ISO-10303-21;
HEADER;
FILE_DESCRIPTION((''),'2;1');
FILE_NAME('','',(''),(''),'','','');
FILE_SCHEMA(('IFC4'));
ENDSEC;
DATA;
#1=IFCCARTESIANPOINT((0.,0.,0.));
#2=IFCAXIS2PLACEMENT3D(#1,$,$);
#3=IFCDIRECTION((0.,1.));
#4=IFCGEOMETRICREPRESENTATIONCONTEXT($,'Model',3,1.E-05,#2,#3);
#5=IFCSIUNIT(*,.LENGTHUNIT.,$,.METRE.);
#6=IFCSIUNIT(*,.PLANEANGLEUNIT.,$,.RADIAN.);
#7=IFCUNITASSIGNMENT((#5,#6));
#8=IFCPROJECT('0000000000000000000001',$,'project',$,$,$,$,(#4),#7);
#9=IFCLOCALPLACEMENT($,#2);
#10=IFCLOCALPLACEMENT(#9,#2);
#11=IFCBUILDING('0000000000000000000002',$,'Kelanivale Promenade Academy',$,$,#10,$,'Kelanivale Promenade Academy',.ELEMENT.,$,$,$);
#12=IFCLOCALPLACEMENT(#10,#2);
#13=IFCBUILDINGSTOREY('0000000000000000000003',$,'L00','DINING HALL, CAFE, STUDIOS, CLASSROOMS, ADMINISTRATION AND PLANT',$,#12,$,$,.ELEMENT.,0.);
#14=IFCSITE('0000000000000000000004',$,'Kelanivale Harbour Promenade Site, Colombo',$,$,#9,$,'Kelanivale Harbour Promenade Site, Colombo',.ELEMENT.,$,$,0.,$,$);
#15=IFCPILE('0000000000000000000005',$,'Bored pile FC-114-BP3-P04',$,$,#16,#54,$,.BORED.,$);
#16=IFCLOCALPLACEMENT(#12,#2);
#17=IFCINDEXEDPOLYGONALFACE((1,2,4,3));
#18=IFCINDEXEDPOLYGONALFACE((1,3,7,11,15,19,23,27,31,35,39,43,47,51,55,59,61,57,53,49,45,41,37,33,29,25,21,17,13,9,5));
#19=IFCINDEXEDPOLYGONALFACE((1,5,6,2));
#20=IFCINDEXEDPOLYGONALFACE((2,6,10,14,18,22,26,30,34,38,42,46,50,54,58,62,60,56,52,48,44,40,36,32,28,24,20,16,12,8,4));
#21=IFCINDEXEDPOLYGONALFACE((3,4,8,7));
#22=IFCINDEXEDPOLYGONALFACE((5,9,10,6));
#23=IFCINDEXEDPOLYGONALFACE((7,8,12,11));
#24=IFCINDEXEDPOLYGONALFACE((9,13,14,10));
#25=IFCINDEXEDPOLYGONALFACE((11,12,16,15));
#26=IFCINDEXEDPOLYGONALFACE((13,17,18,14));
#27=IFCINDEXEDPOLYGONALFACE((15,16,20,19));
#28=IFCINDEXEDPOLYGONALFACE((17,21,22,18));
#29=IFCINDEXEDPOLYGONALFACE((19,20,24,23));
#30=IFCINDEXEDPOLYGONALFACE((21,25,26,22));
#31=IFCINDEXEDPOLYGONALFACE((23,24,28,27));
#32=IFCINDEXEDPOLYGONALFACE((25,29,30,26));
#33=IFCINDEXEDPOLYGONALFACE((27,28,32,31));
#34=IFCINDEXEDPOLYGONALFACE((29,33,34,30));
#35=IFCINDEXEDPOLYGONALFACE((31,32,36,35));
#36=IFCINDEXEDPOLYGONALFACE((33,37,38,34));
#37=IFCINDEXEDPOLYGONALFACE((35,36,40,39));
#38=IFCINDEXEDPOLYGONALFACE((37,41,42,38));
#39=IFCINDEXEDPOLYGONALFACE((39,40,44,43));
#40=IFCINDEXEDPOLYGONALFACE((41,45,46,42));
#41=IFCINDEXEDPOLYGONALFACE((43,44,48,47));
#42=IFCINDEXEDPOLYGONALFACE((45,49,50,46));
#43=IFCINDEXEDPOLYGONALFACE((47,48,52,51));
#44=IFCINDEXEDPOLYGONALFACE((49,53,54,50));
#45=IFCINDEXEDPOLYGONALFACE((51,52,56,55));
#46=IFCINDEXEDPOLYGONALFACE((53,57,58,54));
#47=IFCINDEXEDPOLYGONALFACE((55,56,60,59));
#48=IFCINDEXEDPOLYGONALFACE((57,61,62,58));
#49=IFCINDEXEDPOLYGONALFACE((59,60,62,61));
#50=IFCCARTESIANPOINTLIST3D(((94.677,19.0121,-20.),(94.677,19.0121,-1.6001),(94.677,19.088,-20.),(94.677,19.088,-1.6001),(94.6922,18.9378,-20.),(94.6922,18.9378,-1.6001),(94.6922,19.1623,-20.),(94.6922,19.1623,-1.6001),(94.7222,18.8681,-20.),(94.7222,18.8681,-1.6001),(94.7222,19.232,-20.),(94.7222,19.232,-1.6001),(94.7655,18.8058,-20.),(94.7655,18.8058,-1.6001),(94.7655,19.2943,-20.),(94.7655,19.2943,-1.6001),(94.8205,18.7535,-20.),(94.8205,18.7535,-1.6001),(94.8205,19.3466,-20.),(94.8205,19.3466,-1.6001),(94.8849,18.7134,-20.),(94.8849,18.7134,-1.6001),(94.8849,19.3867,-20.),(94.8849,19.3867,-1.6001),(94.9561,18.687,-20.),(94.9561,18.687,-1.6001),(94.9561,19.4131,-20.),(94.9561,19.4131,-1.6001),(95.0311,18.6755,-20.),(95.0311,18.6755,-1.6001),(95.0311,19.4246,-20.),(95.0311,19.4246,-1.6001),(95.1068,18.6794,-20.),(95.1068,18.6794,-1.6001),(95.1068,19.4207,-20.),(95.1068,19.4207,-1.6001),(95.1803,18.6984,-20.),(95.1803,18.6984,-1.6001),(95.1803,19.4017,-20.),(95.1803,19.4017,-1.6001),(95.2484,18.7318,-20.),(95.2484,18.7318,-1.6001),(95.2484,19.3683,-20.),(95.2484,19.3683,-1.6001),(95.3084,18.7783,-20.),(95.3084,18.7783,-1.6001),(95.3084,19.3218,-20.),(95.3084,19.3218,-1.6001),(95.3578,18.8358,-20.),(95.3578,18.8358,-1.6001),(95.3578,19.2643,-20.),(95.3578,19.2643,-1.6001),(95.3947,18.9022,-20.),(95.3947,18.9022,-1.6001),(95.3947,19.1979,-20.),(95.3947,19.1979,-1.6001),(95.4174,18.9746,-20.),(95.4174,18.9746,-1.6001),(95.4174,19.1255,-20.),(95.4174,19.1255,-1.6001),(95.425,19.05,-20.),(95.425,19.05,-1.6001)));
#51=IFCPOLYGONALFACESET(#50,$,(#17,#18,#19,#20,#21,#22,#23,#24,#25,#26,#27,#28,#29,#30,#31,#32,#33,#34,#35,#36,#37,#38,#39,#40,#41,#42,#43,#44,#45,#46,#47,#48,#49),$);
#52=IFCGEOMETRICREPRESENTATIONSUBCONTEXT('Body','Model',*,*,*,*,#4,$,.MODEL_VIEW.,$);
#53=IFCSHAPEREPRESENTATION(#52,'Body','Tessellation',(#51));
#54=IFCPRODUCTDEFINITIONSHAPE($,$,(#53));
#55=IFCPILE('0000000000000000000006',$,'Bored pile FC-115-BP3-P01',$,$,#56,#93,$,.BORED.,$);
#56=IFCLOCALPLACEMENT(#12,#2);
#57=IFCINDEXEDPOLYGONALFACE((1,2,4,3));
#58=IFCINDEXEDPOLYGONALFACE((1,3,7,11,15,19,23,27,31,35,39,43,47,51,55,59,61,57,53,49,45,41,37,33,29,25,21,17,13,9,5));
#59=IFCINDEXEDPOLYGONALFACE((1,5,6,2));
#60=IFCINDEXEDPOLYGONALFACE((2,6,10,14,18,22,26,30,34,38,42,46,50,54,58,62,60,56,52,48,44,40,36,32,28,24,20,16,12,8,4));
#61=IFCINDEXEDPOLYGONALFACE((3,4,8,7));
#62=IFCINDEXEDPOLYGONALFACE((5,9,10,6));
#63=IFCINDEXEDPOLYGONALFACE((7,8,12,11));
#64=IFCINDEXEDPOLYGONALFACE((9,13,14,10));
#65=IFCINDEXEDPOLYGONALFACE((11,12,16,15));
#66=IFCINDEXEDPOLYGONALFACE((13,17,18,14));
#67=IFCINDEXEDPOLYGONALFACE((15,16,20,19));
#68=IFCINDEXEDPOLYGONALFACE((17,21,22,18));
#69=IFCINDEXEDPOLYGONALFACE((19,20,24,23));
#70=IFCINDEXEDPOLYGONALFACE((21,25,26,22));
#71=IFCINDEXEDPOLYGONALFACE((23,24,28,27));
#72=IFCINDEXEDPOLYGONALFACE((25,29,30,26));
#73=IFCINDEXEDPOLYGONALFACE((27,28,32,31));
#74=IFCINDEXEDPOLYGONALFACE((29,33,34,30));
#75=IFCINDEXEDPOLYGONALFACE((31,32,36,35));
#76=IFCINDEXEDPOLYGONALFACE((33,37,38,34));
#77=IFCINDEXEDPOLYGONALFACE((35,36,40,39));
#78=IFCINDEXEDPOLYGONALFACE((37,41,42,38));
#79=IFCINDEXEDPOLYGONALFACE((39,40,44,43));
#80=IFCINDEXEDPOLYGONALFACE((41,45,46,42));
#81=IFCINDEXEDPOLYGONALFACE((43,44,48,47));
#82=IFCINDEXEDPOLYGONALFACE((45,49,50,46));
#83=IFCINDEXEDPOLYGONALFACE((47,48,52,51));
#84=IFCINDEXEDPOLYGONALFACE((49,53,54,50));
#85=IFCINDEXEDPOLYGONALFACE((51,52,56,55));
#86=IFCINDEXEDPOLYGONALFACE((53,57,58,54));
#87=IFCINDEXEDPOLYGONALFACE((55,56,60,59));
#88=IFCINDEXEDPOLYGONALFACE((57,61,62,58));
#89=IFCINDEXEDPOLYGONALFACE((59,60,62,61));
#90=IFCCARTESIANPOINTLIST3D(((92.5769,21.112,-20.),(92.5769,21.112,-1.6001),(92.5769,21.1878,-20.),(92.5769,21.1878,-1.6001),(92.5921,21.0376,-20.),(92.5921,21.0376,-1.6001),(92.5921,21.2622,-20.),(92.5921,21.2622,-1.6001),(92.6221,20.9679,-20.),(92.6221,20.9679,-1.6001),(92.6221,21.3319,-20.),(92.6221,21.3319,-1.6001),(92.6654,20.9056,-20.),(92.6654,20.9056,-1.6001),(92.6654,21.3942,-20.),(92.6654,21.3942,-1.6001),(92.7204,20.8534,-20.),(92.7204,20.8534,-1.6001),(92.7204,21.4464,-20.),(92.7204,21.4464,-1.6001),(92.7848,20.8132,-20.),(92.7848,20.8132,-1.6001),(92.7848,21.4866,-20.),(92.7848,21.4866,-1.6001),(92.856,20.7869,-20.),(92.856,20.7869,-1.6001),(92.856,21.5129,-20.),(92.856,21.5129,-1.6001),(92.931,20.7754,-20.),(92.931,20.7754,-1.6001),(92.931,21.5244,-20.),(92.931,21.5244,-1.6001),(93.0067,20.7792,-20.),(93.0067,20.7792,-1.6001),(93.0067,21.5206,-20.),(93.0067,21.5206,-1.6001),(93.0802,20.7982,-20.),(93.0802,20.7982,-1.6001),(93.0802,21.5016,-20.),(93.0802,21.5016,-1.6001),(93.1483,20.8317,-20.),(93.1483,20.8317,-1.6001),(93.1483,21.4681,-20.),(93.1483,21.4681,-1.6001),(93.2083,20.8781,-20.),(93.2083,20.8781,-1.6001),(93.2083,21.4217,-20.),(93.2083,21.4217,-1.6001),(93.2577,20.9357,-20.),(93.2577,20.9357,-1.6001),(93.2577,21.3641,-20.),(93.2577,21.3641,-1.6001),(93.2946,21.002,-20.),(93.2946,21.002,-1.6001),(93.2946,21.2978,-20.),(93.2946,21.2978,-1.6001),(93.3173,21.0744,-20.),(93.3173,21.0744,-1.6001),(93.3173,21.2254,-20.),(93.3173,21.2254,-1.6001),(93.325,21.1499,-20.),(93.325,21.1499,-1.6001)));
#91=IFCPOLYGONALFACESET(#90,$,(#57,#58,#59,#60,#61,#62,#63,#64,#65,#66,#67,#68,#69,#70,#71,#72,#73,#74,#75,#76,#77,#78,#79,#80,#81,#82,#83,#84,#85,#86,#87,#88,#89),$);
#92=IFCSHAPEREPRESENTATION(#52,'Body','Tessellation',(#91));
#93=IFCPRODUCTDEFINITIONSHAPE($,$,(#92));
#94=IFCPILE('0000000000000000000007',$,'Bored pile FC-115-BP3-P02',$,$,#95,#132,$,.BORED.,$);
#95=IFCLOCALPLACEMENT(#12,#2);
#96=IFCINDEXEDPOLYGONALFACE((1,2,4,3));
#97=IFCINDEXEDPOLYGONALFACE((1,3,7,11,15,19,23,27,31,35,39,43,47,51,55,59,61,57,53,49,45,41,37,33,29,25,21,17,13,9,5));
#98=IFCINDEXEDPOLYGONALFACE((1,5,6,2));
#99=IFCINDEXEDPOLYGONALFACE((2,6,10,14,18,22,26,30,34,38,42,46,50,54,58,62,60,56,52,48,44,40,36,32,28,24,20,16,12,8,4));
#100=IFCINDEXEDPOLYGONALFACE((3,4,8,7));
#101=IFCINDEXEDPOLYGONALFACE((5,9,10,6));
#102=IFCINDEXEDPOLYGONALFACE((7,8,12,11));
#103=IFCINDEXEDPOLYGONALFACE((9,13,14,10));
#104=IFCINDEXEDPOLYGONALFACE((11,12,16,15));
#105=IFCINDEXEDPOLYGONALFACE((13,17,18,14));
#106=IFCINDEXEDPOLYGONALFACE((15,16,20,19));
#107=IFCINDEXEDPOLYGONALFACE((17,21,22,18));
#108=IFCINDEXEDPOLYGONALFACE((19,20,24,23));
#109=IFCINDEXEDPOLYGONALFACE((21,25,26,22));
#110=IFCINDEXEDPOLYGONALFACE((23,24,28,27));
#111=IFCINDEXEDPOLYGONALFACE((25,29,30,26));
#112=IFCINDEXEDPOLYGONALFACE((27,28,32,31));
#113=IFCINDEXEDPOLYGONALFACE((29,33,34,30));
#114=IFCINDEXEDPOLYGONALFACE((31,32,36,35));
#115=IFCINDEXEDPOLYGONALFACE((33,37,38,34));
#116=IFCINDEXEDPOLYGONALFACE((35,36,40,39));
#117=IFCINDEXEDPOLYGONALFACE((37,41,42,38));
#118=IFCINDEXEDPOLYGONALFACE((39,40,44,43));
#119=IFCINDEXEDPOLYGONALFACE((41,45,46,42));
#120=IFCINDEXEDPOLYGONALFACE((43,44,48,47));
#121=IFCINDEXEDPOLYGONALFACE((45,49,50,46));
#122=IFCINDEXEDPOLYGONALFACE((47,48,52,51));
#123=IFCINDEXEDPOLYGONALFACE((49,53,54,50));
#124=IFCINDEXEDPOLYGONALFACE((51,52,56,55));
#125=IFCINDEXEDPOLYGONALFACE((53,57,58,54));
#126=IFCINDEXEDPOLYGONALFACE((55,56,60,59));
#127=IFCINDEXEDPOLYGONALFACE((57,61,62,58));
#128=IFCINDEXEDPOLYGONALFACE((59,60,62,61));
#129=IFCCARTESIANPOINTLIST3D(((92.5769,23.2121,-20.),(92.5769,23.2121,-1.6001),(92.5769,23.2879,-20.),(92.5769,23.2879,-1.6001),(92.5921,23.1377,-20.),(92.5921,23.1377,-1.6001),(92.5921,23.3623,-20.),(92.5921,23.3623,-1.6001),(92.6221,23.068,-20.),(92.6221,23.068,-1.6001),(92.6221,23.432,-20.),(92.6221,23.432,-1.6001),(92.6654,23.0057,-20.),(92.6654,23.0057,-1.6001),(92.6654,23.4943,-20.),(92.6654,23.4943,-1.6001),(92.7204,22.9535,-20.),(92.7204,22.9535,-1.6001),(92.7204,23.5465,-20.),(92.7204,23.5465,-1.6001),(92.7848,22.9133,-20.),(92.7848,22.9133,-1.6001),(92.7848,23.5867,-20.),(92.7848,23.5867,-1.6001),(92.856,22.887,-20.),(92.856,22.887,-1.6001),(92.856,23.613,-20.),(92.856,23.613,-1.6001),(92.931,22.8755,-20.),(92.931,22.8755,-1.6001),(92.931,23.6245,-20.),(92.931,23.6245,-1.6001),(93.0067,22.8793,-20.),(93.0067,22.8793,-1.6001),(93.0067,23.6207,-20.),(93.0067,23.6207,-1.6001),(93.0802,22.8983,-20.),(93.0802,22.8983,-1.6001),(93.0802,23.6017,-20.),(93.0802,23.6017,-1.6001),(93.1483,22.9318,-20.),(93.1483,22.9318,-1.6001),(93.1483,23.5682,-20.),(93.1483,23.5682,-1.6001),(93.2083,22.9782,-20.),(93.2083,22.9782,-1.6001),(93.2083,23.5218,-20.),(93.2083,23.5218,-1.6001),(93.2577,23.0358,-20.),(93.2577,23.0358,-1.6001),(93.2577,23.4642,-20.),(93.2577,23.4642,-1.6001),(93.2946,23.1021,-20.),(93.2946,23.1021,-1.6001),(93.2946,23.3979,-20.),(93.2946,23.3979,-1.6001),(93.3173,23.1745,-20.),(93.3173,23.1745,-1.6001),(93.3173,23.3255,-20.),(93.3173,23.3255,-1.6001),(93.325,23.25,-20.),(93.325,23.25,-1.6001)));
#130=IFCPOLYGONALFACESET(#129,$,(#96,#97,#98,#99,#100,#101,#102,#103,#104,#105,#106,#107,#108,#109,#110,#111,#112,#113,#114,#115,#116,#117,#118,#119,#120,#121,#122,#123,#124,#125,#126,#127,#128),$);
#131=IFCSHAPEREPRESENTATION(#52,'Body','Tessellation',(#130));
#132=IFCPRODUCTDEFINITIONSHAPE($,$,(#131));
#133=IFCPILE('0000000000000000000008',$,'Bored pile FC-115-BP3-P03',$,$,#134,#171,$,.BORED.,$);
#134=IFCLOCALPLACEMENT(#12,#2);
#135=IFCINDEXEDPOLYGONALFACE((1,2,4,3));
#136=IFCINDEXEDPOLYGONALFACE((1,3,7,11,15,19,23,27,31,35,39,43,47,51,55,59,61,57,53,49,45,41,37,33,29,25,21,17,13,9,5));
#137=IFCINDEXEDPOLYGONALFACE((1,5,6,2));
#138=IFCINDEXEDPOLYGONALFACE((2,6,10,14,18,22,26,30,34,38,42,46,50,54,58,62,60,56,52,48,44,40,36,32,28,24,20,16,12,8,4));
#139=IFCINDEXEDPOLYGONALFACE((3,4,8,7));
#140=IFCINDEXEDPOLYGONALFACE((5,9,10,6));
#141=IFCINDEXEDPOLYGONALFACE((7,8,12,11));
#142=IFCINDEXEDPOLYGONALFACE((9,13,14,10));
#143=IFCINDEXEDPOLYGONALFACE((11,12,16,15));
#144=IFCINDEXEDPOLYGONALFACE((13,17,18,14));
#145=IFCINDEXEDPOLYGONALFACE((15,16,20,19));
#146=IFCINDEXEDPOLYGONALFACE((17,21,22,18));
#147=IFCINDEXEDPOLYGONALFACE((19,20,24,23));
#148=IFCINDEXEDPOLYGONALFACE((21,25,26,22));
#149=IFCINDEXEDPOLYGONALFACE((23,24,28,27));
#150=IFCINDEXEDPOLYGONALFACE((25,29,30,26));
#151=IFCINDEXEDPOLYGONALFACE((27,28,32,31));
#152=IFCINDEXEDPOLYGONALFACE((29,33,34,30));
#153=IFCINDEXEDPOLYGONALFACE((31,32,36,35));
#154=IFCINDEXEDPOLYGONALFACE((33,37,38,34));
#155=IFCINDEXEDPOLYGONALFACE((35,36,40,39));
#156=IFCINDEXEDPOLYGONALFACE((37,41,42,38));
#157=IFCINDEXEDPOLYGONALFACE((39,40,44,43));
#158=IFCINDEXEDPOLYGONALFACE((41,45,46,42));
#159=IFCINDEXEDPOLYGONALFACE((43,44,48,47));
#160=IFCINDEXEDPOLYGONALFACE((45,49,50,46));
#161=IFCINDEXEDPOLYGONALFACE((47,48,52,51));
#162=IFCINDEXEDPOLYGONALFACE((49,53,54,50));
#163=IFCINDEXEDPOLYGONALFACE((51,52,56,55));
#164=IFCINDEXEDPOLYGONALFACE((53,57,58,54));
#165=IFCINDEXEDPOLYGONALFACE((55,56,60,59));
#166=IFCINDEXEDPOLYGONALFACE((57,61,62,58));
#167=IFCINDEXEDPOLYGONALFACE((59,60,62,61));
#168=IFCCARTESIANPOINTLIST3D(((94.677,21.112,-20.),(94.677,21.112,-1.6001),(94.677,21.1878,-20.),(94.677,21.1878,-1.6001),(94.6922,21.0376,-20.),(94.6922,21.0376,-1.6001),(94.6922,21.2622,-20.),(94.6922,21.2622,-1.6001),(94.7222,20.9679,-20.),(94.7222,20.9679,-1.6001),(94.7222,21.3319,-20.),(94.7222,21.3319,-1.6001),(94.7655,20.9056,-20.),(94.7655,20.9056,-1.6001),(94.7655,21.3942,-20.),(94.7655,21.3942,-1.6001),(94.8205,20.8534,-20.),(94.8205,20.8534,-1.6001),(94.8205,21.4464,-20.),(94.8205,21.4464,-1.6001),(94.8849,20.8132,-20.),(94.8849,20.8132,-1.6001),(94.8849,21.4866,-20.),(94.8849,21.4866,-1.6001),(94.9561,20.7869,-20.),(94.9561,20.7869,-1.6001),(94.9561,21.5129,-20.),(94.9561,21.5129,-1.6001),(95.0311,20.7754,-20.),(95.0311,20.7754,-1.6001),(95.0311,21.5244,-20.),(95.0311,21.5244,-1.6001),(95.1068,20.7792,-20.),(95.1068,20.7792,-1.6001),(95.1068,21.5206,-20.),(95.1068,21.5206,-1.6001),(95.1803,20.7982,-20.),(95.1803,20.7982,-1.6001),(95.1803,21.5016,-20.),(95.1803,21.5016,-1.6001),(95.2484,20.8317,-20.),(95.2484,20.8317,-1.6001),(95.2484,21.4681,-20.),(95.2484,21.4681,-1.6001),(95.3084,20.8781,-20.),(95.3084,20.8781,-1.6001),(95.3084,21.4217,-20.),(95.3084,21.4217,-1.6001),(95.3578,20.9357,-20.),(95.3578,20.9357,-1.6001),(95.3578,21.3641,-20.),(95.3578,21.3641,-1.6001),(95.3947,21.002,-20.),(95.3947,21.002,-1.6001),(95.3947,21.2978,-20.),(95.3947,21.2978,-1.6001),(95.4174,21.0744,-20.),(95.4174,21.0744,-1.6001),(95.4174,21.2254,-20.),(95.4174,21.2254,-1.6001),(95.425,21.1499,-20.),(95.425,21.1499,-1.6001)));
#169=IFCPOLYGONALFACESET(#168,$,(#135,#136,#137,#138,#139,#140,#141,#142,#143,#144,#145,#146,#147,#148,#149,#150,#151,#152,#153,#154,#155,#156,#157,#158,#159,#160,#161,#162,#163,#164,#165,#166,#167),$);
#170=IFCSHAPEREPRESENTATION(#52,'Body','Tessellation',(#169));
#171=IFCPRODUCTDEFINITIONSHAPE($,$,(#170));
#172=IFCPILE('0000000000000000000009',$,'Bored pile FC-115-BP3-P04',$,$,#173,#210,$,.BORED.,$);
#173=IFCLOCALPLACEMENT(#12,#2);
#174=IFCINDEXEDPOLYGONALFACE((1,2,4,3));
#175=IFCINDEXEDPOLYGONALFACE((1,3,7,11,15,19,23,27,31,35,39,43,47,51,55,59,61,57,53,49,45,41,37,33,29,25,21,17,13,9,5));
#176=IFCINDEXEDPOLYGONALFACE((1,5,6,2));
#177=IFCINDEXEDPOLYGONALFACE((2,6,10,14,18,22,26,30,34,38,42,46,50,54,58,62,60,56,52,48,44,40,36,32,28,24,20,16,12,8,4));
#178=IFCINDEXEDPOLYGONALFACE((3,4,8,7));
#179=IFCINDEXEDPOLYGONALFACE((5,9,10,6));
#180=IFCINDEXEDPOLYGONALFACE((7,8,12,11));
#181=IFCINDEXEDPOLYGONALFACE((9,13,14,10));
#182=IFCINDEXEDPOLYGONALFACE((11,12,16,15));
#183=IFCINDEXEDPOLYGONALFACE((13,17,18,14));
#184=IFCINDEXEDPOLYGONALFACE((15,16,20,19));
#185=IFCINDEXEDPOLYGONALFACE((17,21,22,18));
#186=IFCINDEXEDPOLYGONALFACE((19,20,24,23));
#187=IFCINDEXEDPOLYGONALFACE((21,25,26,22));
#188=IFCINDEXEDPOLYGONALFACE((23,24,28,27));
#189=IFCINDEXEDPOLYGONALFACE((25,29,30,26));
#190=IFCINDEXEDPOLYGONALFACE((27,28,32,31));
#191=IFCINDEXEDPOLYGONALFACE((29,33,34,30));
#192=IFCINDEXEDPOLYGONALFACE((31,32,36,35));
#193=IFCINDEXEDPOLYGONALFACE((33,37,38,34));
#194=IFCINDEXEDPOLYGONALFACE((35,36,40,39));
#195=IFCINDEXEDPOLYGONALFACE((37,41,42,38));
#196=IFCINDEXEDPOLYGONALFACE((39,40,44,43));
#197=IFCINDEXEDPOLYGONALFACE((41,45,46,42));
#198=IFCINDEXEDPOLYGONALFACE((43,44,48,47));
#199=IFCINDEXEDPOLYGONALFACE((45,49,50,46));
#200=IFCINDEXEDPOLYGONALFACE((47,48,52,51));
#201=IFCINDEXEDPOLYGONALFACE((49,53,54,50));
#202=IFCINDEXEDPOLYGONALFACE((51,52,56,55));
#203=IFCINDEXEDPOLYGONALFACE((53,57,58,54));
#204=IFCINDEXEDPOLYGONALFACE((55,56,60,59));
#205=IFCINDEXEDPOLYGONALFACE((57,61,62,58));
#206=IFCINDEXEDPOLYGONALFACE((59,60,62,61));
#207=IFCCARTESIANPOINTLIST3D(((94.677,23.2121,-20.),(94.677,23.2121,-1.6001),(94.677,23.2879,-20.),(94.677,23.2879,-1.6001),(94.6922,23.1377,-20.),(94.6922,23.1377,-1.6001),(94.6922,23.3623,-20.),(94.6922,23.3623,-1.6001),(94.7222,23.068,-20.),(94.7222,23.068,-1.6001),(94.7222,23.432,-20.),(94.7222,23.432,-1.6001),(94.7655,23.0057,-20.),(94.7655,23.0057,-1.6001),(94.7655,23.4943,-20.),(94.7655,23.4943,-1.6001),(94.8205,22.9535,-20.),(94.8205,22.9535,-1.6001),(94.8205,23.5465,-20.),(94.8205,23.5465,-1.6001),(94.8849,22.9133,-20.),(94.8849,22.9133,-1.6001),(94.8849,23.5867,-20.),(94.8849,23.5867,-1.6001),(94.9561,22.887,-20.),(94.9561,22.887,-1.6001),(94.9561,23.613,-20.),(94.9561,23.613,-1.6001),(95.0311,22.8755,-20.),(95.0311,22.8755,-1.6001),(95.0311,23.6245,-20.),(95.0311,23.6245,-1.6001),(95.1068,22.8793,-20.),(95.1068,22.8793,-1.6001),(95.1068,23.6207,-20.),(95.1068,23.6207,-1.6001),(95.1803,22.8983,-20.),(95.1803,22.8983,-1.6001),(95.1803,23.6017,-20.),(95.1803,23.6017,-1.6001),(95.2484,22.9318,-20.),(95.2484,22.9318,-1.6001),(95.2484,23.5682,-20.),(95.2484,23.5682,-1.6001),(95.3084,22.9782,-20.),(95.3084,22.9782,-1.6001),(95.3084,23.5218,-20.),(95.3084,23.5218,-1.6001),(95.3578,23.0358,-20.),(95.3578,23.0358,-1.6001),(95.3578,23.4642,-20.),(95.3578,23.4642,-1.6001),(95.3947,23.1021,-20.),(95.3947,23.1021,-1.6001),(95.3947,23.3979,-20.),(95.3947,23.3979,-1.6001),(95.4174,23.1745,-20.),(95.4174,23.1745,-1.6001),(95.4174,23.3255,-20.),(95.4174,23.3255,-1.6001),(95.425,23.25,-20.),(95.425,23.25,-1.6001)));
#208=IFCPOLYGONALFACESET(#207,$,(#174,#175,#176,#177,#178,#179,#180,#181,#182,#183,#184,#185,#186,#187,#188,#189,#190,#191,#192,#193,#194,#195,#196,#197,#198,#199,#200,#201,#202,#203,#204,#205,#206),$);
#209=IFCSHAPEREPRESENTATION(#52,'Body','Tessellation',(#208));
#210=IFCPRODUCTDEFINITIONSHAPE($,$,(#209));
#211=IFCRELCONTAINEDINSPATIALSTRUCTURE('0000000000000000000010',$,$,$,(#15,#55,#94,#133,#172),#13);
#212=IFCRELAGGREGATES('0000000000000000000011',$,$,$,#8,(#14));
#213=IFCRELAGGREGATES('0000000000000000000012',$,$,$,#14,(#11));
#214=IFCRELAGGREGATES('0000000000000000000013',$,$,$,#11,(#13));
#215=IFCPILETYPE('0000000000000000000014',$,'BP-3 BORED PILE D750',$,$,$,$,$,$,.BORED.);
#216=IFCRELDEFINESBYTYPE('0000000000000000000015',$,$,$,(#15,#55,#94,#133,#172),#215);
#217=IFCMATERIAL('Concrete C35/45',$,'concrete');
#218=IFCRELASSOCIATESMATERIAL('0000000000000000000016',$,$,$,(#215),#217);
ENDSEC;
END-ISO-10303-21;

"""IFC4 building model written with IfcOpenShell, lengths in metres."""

from ifc_helpers import new_model, si_unit, direction, frame, origin, origin_2d, place, context, subcontext, project, spatial, circle, extrude, material, material_profile, profile_set, type_object, element, save


model = new_model("IFC4")

# Units and contexts
model_context = context("Model", 3, precision=1e-05, world=origin(), true_north=direction((0.0, 1.0)))
body_context = subcontext(model_context, "Body", "Model", "MODEL_VIEW")
ifc_project = project(units=[si_unit("LENGTHUNIT", "METRE"), si_unit("PLANEANGLEUNIT", "RADIAN")], contexts=[model_context])

# Site, building, storey
site_placement = place(None, origin())
site = spatial("IfcSite", under=ifc_project, at=site_placement, Name="Kelanivale Harbour Promenade Site, Colombo", LongName="Kelanivale Harbour Promenade Site, Colombo", CompositionType="ELEMENT", RefElevation=0.0)
building_placement = place(site_placement, origin())
building = spatial("IfcBuilding", under=site, at=building_placement, Name="Kelanivale Promenade Academy", LongName="Kelanivale Promenade Academy", CompositionType="ELEMENT")
storey_placement = place(building_placement, origin())
storey = spatial("IfcBuildingStorey", under=building, at=storey_placement, Name="L00", Description="DINING HALL, CAFE, STUDIOS, CLASSROOMS, ADMINISTRATION AND PLANT", CompositionType="ELEMENT", Elevation=0.0)

# Piles
ifc_material_1 = material(Name="Concrete C35/45", Category="concrete")
ifc_material_profile_1 = material_profile(ifc_material_1, circle(Radius=0.375, at=origin_2d()), Name="BORED PILE D750")
ifc_profile_set_1 = profile_set([ifc_material_profile_1], Name="Concrete C35/45")
pile_type_1 = type_object("IfcPileType", Name="BP-3 BORED PILE D750", PredefinedType="BORED", material=ifc_profile_set_1)
for number, where, z_axis, x_axis, name in (
    (1, (95.05, 19.05, -1.6001), (0.0, 0.0, -1.0), (1.0, 0.0, 0.0), "Bored pile FC-114-BP3-P04"),
    (2, (92.95, 21.1499, -1.6001), (0.0, 0.0, -1.0), (1.0, 0.0, 0.0), "Bored pile FC-115-BP3-P01"),
    (3, (92.95, 23.25, -1.6001), (0.0, 0.0, -1.0), (1.0, 0.0, 0.0), "Bored pile FC-115-BP3-P02"),
    (4, (95.05, 21.1499, -1.6001), (0.0, 0.0, -1.0), (1.0, 0.0, 0.0), "Bored pile FC-115-BP3-P03"),
    (5, (95.05, 23.25, -1.6001), (0.0, 0.0, -1.0), (1.0, 0.0, 0.0), "Bored pile FC-115-BP3-P04"),
):
    element("IfcPile", number, at=place(storey_placement, frame(where, z_axis=z_axis, x_axis=x_axis)), inside=storey, type_object=pile_type_1, Name=name, PredefinedType="BORED", context=body_context, shape_type="SweptSolid", body=[
        extrude(circle(Radius=0.375, at=origin_2d()), origin(), (0.0, 0.0, 1.0), 18.3999),
    ])

save(model, "model.ifc")
